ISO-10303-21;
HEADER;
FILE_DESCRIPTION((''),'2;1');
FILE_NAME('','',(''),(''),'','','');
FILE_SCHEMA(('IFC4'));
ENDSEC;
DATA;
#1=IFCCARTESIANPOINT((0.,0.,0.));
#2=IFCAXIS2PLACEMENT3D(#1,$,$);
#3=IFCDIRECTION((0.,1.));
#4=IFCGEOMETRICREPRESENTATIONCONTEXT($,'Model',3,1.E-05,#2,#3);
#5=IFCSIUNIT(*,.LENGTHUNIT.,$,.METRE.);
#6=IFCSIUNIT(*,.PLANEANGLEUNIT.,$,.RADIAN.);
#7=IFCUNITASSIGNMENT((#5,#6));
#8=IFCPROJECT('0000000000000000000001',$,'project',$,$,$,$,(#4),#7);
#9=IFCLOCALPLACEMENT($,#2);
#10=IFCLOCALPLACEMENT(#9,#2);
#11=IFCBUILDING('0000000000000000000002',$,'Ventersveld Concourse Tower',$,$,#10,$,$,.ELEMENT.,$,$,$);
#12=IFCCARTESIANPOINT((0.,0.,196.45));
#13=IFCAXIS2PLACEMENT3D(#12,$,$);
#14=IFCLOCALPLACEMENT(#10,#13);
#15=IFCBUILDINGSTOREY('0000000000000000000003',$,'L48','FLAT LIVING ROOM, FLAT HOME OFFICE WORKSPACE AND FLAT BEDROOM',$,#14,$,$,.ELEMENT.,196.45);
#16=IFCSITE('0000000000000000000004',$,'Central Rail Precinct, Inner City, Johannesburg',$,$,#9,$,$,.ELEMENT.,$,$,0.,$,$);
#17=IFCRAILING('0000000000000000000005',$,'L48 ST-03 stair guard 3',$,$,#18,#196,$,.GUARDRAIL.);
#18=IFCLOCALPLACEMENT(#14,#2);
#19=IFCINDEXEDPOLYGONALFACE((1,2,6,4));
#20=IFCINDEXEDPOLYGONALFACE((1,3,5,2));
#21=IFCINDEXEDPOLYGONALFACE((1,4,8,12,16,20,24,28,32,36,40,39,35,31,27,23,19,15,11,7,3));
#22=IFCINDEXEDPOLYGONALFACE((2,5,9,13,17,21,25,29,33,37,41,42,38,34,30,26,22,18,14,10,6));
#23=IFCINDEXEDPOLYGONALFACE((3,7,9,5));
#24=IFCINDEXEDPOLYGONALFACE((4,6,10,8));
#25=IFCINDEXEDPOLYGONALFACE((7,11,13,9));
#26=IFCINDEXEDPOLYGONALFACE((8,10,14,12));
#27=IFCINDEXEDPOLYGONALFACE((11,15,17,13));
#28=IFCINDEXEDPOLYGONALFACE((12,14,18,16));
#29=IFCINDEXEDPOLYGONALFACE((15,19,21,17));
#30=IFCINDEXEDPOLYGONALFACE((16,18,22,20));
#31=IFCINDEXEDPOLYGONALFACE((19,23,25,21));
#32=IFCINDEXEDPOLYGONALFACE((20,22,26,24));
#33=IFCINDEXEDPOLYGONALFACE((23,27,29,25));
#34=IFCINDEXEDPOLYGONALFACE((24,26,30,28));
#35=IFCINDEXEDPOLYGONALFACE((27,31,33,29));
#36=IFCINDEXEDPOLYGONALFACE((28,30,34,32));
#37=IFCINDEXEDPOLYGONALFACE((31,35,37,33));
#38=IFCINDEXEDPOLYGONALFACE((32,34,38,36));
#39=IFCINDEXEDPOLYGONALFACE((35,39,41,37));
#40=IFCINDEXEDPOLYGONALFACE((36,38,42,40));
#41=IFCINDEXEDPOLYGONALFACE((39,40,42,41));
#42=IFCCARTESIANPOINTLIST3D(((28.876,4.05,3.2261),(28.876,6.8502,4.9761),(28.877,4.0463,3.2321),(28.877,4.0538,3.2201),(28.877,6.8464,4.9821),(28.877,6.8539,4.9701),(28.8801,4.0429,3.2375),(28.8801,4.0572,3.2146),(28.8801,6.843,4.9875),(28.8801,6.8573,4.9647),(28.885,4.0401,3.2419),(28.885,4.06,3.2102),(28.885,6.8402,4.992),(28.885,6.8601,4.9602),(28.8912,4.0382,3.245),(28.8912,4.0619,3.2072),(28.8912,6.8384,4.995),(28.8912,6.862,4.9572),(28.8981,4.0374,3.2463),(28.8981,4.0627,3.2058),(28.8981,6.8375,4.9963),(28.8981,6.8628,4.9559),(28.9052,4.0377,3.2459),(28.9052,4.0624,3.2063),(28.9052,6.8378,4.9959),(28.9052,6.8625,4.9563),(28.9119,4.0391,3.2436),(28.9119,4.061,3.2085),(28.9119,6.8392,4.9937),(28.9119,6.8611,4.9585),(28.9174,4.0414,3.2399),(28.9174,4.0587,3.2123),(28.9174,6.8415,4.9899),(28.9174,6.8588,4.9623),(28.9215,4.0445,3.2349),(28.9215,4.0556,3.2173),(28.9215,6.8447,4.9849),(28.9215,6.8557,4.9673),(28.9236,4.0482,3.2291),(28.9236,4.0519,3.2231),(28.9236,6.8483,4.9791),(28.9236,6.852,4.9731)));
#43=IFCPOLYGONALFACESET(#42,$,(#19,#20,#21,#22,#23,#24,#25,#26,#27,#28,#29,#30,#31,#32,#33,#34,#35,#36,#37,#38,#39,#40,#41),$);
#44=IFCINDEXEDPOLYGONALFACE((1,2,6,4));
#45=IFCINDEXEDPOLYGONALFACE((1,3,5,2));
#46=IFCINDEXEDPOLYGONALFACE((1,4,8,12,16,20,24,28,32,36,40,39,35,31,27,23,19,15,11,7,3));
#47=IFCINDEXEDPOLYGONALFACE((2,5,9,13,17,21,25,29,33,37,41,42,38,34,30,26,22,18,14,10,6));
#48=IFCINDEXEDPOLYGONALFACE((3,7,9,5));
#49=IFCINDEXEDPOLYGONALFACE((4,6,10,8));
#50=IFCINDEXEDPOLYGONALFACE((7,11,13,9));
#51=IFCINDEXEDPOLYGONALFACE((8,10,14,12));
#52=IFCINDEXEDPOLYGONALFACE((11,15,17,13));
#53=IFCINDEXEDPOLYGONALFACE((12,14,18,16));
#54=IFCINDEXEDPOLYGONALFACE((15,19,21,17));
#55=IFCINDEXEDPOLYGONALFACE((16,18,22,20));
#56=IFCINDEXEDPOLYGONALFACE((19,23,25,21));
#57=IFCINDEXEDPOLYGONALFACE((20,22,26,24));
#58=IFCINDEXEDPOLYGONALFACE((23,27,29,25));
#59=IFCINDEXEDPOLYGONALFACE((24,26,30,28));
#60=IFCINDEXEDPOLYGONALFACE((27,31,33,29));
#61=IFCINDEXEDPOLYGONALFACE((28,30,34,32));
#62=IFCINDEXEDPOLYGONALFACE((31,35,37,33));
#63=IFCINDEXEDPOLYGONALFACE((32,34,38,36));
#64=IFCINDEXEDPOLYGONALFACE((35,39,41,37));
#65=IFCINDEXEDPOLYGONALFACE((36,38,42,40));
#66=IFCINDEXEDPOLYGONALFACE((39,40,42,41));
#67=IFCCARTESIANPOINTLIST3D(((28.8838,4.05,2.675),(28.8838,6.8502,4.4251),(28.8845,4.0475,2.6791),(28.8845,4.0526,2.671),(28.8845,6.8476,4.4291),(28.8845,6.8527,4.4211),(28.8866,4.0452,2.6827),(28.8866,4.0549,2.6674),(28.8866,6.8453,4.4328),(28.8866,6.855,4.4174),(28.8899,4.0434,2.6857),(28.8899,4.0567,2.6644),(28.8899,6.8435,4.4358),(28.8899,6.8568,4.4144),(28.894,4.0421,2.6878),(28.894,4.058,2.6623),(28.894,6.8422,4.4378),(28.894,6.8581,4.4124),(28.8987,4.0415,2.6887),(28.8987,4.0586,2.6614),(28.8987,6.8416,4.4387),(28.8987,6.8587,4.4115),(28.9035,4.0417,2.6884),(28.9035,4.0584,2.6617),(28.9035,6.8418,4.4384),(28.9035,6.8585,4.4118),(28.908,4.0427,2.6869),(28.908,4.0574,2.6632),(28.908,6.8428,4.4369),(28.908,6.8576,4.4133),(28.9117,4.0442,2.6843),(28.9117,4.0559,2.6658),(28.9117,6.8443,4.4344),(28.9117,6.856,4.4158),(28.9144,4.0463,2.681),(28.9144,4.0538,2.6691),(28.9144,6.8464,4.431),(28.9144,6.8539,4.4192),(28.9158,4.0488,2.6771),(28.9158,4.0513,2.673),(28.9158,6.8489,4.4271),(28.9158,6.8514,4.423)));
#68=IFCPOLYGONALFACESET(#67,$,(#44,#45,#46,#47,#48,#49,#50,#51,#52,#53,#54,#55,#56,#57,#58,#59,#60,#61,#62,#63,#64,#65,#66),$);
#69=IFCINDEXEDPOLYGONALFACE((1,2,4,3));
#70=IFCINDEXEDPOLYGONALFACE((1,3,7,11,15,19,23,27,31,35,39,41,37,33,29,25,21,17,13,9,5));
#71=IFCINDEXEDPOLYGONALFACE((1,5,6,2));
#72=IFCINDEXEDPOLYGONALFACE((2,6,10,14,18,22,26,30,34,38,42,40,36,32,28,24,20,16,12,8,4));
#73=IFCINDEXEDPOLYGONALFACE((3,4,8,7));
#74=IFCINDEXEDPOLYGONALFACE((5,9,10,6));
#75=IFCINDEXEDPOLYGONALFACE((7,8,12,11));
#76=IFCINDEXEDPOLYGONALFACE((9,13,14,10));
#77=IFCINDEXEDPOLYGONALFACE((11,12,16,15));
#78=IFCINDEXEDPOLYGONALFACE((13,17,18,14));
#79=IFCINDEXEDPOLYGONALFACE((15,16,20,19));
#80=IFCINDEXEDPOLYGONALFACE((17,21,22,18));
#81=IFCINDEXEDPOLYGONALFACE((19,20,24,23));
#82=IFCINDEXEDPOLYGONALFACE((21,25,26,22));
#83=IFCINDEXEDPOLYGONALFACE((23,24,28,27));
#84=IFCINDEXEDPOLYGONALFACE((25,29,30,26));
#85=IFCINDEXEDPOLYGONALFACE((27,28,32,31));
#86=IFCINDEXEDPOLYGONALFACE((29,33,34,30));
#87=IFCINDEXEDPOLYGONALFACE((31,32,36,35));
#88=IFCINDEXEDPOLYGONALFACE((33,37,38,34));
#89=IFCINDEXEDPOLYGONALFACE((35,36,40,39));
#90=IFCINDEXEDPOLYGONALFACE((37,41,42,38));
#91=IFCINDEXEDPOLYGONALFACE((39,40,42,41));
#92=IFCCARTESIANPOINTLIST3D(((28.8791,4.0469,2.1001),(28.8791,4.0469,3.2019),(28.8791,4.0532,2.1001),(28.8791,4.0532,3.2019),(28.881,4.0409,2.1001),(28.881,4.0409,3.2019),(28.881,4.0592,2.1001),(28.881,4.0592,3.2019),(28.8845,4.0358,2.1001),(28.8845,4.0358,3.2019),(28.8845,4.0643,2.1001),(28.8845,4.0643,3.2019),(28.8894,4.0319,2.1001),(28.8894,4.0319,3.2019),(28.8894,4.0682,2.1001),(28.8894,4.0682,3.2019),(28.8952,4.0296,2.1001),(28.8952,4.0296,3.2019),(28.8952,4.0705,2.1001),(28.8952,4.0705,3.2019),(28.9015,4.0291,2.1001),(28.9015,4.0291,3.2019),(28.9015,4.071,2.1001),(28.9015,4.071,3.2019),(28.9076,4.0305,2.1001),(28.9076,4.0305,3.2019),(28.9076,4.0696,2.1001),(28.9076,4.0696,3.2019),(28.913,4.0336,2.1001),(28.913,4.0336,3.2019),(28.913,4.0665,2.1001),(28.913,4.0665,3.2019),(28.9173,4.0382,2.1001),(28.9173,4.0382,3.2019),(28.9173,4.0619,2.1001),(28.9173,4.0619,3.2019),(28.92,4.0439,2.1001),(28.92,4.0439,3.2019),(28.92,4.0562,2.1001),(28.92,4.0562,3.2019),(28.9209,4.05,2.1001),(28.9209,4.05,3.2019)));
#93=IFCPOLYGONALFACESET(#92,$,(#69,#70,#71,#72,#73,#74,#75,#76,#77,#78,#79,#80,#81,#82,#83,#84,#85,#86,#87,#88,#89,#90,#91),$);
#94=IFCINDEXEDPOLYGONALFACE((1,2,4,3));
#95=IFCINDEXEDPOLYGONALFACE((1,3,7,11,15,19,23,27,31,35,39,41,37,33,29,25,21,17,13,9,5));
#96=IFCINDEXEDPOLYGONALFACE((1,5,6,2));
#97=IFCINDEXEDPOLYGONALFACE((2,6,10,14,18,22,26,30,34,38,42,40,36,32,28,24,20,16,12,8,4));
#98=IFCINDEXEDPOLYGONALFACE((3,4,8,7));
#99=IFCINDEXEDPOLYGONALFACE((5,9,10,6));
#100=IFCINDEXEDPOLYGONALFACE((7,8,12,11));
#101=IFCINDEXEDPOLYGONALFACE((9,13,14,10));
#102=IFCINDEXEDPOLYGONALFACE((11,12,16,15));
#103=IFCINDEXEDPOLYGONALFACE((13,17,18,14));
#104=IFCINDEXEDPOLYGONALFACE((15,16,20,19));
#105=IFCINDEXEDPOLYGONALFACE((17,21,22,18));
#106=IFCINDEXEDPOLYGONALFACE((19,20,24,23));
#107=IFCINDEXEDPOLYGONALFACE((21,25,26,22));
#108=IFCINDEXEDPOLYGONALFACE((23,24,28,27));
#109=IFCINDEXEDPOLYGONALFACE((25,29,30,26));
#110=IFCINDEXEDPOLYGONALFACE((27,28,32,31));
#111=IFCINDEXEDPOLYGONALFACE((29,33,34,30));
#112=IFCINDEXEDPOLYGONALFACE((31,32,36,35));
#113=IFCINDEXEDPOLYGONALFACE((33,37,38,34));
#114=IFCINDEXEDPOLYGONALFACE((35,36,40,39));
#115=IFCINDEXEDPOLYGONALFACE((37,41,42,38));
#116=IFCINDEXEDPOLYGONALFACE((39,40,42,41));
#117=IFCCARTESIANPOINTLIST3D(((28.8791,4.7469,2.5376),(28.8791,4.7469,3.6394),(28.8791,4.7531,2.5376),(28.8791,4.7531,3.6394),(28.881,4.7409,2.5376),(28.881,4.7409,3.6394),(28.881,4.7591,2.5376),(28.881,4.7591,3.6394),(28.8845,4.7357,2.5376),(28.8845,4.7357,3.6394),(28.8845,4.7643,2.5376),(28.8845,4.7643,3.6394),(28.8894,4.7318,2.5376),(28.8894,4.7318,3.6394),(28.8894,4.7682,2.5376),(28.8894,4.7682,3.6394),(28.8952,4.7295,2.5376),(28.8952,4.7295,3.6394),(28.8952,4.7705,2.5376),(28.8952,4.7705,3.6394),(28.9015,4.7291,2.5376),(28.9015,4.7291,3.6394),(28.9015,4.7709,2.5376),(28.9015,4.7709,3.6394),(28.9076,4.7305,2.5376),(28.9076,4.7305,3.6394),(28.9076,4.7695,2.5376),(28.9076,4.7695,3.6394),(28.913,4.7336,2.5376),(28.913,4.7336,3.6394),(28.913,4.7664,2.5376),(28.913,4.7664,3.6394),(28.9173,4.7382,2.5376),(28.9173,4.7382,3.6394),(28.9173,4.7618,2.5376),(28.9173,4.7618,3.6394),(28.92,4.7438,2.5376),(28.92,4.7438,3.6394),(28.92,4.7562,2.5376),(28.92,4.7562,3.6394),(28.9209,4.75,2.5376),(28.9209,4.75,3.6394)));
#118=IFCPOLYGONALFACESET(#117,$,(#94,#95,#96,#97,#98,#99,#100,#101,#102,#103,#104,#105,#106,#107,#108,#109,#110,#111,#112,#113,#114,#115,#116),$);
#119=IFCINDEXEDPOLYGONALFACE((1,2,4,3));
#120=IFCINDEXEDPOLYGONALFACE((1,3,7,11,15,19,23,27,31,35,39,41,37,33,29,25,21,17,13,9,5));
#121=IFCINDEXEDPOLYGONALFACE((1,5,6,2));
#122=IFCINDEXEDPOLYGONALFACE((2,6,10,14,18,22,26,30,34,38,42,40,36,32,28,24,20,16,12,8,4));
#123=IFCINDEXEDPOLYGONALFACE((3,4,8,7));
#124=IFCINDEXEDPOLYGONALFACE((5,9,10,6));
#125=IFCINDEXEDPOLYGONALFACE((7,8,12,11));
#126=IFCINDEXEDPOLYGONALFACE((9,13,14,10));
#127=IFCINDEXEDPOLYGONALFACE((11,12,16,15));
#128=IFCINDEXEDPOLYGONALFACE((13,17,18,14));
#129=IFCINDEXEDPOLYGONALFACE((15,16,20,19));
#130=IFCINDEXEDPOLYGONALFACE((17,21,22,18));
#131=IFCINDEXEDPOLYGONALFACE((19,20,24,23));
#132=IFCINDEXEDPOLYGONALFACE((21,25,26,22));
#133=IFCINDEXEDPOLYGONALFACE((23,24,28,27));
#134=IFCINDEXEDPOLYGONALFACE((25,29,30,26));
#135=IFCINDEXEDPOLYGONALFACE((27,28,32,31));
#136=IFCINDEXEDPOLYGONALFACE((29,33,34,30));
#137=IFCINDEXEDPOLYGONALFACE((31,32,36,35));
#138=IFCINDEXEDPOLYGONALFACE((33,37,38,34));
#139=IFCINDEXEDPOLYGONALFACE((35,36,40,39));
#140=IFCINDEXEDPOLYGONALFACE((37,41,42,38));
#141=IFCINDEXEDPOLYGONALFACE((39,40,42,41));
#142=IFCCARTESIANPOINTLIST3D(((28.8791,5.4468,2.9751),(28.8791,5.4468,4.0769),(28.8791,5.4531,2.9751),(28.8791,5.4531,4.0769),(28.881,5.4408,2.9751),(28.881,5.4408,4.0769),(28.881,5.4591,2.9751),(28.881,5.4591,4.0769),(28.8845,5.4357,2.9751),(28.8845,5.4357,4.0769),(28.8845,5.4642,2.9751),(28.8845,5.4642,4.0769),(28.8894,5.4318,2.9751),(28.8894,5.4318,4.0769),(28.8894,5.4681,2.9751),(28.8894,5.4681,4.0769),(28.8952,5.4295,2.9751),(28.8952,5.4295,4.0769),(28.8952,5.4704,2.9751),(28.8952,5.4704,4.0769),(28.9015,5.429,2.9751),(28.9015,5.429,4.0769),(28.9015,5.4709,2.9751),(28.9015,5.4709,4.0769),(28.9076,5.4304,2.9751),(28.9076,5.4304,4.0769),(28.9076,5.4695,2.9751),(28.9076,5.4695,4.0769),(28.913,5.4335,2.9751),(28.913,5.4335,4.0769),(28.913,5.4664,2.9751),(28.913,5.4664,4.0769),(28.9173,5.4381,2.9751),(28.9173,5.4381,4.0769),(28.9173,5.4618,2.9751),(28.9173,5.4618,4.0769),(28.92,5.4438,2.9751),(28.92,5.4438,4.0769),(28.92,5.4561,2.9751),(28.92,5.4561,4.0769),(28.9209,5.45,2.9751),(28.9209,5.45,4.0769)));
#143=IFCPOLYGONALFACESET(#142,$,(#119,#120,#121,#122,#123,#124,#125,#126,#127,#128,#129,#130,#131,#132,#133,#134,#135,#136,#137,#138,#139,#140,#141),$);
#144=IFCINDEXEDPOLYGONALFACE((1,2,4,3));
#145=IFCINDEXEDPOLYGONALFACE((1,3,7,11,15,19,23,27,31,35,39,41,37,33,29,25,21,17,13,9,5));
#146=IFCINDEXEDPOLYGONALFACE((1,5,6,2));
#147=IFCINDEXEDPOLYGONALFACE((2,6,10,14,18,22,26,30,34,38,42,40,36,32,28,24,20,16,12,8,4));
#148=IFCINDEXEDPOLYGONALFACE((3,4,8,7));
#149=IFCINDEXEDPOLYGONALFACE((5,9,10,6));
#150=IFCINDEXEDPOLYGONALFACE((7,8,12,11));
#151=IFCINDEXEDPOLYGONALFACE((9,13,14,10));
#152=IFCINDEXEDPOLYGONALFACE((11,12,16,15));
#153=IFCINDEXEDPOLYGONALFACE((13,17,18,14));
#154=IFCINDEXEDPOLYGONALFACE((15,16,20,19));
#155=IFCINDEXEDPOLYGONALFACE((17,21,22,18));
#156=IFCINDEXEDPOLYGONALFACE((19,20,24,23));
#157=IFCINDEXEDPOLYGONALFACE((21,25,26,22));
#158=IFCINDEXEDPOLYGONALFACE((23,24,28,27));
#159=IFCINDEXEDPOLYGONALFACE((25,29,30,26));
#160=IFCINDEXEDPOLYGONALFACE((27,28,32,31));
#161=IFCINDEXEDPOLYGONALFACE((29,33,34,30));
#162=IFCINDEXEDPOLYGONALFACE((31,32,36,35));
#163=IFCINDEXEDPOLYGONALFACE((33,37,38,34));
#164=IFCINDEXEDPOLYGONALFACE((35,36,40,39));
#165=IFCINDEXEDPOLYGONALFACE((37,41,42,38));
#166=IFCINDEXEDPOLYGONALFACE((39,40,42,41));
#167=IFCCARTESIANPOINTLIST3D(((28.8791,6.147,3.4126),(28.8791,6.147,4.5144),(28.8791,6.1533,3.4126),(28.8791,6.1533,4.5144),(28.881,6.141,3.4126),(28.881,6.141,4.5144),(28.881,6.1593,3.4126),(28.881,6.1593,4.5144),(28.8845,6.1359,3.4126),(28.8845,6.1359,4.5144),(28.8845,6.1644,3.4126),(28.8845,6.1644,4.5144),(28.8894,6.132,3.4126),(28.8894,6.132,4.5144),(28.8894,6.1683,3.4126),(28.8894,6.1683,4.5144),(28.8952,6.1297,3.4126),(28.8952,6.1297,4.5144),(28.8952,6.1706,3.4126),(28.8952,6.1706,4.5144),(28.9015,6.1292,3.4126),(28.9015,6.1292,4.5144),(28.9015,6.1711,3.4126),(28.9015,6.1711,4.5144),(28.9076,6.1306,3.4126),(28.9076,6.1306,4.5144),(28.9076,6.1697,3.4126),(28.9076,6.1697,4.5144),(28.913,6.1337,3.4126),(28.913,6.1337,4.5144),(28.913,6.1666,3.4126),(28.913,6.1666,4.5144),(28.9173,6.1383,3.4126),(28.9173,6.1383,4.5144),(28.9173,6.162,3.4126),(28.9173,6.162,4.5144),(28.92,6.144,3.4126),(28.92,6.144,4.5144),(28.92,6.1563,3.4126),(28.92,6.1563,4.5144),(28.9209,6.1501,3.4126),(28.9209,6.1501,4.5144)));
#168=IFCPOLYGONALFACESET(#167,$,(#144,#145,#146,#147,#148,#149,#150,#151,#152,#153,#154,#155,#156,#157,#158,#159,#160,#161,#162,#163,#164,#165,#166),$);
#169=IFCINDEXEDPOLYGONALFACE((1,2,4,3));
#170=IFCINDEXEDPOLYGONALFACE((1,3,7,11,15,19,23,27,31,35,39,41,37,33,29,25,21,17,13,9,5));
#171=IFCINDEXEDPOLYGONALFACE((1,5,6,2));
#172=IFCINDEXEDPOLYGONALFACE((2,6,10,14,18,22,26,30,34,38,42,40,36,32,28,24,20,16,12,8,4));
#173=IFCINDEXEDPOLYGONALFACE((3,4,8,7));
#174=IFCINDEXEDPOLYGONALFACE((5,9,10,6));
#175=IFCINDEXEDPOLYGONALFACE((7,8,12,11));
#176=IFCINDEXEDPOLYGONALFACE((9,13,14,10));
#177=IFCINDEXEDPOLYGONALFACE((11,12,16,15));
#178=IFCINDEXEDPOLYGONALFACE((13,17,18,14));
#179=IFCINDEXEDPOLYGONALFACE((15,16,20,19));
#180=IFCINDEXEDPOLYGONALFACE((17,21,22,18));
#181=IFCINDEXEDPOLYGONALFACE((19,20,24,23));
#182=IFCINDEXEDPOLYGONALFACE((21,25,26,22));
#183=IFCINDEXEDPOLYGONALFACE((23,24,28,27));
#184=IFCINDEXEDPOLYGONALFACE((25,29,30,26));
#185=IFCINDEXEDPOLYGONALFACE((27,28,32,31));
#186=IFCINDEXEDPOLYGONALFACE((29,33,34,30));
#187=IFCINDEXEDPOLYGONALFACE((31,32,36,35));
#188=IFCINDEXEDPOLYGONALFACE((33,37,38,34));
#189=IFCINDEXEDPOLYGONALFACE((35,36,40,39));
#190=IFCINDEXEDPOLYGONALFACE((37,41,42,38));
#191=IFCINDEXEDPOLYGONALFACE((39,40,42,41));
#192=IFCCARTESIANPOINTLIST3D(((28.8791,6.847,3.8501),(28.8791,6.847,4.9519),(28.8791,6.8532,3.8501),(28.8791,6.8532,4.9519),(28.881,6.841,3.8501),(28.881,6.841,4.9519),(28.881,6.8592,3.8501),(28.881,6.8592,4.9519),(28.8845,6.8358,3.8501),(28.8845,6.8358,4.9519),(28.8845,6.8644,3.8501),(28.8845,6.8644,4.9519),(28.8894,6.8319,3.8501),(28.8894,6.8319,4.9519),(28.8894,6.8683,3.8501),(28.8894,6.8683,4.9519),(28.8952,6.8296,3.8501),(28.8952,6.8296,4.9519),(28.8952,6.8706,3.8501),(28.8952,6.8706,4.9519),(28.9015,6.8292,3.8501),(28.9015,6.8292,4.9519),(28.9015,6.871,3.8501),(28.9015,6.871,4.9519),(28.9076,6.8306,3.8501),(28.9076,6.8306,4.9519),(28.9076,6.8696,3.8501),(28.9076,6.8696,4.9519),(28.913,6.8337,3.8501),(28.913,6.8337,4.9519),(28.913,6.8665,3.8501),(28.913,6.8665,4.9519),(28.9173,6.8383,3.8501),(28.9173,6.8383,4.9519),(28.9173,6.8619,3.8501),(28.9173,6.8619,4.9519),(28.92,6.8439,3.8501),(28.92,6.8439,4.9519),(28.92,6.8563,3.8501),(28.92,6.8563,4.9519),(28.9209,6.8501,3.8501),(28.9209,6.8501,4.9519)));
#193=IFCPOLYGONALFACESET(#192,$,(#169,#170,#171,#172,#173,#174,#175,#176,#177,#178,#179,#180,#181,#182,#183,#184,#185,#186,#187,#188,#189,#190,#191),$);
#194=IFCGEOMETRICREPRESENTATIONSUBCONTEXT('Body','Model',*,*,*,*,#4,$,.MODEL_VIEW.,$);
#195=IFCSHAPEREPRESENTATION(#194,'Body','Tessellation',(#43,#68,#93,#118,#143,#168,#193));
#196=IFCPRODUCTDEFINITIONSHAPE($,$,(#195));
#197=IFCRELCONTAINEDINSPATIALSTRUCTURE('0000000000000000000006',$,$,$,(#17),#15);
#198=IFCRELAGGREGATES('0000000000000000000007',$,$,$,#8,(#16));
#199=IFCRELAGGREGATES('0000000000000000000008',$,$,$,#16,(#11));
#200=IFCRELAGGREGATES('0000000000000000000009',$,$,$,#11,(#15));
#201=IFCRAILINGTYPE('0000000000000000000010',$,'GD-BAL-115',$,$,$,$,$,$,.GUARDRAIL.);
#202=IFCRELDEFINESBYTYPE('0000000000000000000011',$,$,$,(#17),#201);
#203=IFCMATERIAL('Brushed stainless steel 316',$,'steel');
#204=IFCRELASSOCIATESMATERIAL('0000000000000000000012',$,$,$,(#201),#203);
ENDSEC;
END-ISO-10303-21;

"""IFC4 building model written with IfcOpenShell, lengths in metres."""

from ifc_helpers import new_model, si_unit, direction, frame, origin, origin_2d, place, context, subcontext, project, spatial, circle, extrude, material, type_object, element, save


model = new_model("IFC4")

# Units and contexts
model_context = context("Model", 3, precision=1e-05, world=origin(), true_north=direction((0.0, 1.0)))
body_context = subcontext(model_context, "Body", "Model", "MODEL_VIEW")
ifc_project = project(units=[si_unit("LENGTHUNIT", "METRE"), si_unit("PLANEANGLEUNIT", "RADIAN")], contexts=[model_context])

# Site, building, storey
site_placement = place(None, origin())
site = spatial("IfcSite", under=ifc_project, at=site_placement, Name="Central Rail Precinct, Inner City, Johannesburg", CompositionType="ELEMENT", RefElevation=0.0)
building_placement = place(site_placement, origin())
building = spatial("IfcBuilding", under=site, at=building_placement, Name="Ventersveld Concourse Tower", CompositionType="ELEMENT")
storey_placement = place(building_placement, frame((0.0, 0.0, 196.45)))
storey = spatial("IfcBuildingStorey", under=building, at=storey_placement, Name="L48", Description="FLAT LIVING ROOM, FLAT HOME OFFICE WORKSPACE AND FLAT BEDROOM", CompositionType="ELEMENT", Elevation=196.45)

# Shared definitions
ifc_material_1 = material(Name="Brushed stainless steel 316", Category="steel")

# Railing
railing_type_1 = type_object("IfcRailingType", Name="GD-BAL-115", PredefinedType="GUARDRAIL", material=ifc_material_1)
railing_1_placement = place(storey_placement, frame((28.8999, 4.05, 2.1001)))
element("IfcRailing", 1, at=railing_1_placement, inside=storey, type_object=railing_type_1, Name="L48 ST-03 stair guard 3", PredefinedType="GUARDRAIL", context=body_context, shape_type="SweptSolid", body=[
    extrude(circle(Radius=0.0239, at=origin_2d()), frame((0.0, 0.0, 1.126), z_axis=(0.0, 0.848002, 0.529992), x_axis=(-1.0, 0.0, 0.0)), (0.0, 0.0, 1.0), 3.302),
    extrude(circle(Radius=0.0161, at=origin_2d()), frame((0.0, 0.0, 0.575), z_axis=(0.0, 0.848002, 0.529992), x_axis=(-1.0, 0.0, 0.0)), (0.0, 0.0, 1.0), 3.302),
    extrude(circle(Radius=0.021, at=origin_2d()), origin(), (0.0, 0.0, 1.0), 1.1018),
    extrude(circle(Radius=0.021, at=origin_2d()), frame((0.0, 0.7, 0.4375)), (0.0, 0.0, 1.0), 1.1018),
    extrude(circle(Radius=0.021, at=origin_2d()), frame((0.0, 1.3999, 0.875)), (0.0, 0.0, 1.0), 1.1018),
    extrude(circle(Radius=0.021, at=origin_2d()), frame((0.0, 2.1001, 1.3125)), (0.0, 0.0, 1.0), 1.1018),
    extrude(circle(Radius=0.021, at=origin_2d()), frame((0.0, 2.8, 1.75)), (0.0, 0.0, 1.0), 1.1018),
])

save(model, "model.ifc")
